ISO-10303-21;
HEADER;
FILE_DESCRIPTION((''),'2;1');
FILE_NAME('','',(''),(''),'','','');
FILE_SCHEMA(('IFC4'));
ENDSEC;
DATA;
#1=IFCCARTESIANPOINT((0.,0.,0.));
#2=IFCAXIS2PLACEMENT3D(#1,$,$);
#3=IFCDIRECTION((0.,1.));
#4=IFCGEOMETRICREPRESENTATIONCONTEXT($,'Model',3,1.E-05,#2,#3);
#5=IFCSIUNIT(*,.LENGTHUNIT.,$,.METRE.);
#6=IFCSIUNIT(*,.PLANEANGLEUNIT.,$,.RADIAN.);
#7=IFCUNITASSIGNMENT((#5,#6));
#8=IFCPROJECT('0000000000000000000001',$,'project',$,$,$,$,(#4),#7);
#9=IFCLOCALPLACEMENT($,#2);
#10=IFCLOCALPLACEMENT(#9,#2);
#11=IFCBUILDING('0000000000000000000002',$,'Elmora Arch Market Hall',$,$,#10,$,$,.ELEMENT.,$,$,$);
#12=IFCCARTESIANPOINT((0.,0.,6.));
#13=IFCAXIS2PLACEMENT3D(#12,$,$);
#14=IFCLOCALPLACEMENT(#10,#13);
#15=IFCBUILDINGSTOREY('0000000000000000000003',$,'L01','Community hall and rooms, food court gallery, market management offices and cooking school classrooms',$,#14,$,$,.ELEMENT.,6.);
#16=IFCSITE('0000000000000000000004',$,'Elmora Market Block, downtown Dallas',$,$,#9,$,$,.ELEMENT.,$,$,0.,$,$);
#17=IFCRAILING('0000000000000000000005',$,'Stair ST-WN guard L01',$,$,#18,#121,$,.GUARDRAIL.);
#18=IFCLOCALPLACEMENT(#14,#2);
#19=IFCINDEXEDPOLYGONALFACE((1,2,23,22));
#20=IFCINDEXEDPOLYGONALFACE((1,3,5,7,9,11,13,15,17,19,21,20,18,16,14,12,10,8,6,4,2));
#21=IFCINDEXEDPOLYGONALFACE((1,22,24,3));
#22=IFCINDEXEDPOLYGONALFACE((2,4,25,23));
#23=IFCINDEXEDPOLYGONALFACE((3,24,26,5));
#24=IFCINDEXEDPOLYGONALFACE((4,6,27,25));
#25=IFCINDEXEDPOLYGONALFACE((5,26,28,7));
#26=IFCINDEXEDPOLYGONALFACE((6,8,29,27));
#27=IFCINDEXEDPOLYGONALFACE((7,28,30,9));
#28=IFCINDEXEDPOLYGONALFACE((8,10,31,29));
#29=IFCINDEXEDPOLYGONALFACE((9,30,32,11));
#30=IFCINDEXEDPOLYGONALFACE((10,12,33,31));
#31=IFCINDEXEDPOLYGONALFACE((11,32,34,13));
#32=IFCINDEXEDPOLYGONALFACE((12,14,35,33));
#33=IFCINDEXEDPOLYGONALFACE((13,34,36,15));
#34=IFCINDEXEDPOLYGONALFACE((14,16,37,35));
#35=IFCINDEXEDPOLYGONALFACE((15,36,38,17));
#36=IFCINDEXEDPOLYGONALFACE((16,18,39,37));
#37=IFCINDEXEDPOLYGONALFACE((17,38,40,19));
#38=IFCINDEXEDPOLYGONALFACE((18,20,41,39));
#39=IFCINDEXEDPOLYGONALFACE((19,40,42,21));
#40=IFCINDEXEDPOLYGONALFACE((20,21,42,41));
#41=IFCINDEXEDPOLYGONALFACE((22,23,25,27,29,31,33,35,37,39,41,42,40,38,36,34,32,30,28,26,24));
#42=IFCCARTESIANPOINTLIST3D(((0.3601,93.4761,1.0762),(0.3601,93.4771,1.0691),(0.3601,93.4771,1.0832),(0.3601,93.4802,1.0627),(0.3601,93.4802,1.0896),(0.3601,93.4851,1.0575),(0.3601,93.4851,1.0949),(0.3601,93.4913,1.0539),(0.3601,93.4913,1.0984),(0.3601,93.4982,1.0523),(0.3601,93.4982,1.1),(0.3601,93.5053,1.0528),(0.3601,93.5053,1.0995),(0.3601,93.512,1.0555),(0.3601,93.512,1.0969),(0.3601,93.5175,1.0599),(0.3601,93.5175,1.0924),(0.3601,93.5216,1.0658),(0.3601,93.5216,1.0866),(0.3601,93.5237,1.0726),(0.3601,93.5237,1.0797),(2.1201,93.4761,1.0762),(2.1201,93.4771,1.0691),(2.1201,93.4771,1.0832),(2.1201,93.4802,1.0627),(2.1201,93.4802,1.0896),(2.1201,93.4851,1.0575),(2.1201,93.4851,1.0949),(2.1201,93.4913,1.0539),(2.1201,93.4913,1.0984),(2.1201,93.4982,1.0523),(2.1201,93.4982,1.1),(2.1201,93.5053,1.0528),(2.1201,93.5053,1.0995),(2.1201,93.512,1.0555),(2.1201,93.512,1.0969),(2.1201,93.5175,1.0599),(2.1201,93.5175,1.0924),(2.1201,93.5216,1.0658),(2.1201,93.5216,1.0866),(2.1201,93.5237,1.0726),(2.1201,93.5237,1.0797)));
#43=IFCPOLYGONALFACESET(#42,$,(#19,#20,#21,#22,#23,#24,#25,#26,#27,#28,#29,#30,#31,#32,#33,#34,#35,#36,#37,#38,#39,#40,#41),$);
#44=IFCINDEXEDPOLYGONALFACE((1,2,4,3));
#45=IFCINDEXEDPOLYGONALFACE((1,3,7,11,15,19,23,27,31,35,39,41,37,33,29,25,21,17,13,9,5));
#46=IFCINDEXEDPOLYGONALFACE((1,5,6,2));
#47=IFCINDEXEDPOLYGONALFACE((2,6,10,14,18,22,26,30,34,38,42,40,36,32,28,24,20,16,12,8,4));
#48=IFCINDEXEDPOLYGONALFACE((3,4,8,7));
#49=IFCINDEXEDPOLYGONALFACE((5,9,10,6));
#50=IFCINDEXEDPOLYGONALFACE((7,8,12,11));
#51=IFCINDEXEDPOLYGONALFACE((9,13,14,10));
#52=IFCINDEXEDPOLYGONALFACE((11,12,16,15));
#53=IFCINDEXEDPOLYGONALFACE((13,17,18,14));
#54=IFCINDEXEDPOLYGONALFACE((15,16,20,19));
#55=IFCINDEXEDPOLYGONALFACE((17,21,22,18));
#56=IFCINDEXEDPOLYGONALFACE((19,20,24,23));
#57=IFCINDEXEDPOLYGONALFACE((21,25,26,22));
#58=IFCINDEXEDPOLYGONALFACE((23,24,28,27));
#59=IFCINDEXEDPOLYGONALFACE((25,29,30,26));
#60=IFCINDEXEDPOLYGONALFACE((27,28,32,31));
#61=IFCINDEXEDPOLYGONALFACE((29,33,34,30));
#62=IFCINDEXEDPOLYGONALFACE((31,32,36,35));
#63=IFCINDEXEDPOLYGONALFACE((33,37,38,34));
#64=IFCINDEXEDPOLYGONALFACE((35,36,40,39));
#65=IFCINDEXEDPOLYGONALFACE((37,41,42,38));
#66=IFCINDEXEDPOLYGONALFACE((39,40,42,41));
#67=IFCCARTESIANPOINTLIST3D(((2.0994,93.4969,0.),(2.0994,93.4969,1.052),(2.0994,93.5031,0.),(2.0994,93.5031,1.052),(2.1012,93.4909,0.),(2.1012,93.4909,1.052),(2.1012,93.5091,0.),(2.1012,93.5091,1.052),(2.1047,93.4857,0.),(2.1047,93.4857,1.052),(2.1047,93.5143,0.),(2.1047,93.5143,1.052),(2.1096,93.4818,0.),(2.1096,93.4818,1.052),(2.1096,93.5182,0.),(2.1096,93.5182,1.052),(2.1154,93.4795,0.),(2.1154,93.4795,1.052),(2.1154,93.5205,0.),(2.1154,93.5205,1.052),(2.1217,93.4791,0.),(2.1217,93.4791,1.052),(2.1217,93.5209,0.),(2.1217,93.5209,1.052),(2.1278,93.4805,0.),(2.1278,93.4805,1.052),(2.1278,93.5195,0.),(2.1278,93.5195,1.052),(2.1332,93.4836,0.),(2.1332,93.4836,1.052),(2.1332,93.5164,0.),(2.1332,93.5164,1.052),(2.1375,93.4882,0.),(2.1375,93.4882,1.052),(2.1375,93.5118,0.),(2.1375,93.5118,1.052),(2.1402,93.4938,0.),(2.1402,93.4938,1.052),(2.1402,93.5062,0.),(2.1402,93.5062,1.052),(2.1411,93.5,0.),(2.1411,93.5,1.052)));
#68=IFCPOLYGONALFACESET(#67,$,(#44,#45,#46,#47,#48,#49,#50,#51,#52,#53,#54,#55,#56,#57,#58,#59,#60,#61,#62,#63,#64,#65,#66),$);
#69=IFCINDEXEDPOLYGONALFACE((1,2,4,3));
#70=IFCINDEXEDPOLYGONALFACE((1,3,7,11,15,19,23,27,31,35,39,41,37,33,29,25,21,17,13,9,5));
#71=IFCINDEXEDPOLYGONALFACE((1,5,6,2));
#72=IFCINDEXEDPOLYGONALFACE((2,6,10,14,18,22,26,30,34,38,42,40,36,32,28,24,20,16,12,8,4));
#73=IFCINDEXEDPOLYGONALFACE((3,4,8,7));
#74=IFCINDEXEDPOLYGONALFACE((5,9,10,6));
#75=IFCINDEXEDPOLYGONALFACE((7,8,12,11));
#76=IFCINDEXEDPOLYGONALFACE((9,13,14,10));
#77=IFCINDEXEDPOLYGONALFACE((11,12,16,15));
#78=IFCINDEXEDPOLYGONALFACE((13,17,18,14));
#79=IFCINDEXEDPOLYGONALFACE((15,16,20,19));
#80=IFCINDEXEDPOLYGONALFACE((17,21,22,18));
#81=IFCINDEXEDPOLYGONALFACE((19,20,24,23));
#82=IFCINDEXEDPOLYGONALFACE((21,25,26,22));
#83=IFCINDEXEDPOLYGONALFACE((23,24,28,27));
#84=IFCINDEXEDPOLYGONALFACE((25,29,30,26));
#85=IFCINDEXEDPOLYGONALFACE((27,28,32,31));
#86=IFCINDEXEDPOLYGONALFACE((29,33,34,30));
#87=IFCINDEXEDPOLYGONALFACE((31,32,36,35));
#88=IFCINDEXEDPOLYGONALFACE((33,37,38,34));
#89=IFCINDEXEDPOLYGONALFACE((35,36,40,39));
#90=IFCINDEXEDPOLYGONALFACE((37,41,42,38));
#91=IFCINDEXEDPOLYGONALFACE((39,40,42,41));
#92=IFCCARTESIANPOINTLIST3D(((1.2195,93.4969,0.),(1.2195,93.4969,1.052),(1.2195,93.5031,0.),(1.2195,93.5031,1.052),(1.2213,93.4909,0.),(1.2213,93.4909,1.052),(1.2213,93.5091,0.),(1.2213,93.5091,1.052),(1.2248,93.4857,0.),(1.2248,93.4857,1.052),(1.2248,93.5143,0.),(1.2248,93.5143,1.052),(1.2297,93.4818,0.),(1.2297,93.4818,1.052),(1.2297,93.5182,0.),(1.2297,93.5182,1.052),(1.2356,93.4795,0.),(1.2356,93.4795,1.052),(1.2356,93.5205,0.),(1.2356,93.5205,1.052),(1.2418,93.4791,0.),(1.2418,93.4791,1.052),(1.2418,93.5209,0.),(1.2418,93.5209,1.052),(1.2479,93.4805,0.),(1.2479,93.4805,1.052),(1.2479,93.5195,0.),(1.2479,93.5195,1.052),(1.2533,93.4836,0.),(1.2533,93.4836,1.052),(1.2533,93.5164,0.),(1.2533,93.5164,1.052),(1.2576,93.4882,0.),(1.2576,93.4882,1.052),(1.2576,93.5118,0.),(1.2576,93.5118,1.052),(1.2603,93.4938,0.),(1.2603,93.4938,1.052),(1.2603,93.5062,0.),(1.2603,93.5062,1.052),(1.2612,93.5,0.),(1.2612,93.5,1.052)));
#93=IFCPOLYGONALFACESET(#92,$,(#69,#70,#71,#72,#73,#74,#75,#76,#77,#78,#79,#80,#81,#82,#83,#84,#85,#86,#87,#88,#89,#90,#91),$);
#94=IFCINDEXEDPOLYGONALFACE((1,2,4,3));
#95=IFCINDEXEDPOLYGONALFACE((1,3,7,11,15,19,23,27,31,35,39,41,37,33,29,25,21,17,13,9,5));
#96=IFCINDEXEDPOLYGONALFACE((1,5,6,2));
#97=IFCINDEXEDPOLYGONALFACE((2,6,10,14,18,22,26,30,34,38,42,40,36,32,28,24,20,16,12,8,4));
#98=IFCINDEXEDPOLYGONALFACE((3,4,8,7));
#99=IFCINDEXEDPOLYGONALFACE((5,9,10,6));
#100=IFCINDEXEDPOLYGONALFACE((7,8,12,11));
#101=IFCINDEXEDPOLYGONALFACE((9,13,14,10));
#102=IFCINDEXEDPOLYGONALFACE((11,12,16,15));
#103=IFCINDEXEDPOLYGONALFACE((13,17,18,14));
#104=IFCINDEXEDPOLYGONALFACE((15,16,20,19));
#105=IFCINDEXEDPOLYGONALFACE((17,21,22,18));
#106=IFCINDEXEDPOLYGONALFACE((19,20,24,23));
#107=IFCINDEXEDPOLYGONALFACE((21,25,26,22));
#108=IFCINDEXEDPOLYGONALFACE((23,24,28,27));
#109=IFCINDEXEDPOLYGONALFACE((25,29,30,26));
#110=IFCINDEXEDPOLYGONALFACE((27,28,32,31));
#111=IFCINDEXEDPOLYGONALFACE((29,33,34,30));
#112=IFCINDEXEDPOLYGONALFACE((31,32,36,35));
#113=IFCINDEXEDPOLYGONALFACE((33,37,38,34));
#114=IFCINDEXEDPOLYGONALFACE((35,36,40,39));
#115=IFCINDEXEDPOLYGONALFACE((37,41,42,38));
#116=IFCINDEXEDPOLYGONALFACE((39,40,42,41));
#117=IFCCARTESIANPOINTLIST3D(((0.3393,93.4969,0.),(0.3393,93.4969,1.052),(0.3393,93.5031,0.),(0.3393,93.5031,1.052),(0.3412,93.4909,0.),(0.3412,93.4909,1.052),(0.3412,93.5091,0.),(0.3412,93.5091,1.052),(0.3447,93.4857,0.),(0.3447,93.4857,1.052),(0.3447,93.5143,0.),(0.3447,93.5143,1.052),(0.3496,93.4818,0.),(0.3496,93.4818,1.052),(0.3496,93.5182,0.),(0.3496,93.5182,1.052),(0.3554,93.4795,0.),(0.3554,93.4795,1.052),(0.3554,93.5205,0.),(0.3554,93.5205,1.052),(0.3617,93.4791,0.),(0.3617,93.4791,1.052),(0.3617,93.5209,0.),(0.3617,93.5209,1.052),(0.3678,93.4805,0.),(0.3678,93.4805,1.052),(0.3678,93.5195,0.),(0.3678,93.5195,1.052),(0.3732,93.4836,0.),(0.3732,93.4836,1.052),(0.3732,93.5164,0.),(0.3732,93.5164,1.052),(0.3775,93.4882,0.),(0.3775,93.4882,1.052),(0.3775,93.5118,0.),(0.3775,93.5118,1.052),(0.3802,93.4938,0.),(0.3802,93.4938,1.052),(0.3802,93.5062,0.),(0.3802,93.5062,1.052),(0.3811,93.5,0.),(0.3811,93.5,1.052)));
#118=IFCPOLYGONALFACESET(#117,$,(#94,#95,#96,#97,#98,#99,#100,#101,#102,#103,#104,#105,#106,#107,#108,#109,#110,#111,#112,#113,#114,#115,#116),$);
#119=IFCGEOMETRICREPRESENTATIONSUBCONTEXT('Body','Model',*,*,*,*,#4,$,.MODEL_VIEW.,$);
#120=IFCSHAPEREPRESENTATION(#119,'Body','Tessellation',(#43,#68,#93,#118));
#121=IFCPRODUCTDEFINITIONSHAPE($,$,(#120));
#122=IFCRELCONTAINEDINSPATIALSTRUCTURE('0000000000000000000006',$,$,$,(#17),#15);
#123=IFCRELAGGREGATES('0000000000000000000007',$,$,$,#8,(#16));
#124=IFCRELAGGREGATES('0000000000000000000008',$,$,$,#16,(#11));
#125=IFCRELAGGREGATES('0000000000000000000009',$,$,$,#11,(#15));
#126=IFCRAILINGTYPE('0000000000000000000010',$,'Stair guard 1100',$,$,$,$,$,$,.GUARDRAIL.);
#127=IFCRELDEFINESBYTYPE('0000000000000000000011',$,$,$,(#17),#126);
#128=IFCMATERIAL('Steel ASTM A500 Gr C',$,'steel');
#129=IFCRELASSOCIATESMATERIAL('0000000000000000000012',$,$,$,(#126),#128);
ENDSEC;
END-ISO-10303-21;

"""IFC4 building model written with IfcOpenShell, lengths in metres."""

from ifc_helpers import new_model, si_unit, direction, frame, origin, origin_2d, place, context, subcontext, project, spatial, circle, extrude, material, type_object, element, save


model = new_model("IFC4")

# Units and contexts
model_context = context("Model", 3, precision=1e-05, world=origin(), true_north=direction((0.0, 1.0)))
body_context = subcontext(model_context, "Body", "Model", "MODEL_VIEW")
ifc_project = project(units=[si_unit("LENGTHUNIT", "METRE"), si_unit("PLANEANGLEUNIT", "RADIAN")], contexts=[model_context])

# Site, building, storey
site_placement = place(None, origin())
site = spatial("IfcSite", under=ifc_project, at=site_placement, Name="Elmora Market Block, downtown Dallas", CompositionType="ELEMENT", RefElevation=0.0)
building_placement = place(site_placement, origin())
building = spatial("IfcBuilding", under=site, at=building_placement, Name="Elmora Arch Market Hall", CompositionType="ELEMENT")
storey_placement = place(building_placement, frame((0.0, 0.0, 6.0)))
storey = spatial("IfcBuildingStorey", under=building, at=storey_placement, Name="L01", Description="Community hall and rooms, food court gallery, market management offices and cooking school classrooms", CompositionType="ELEMENT", Elevation=6.0)

# Railing
ifc_material_1 = material(Name="Steel ASTM A500 Gr C", Category="steel")
railing_type = type_object("IfcRailingType", Name="Stair guard 1100", PredefinedType="GUARDRAIL", material=ifc_material_1)
railing_placement = place(storey_placement, frame((2.1201, 93.5, 0.0)))
element("IfcRailing", 1, at=railing_placement, inside=storey, type_object=railing_type, Name="Stair ST-WN guard L01", PredefinedType="GUARDRAIL", context=body_context, shape_type="SweptSolid", body=[
    extrude(circle(Radius=0.0239, at=origin_2d()), frame((0.0, 0.0, 1.0762), z_axis=(-1.0, 0.0, 0.0), x_axis=(0.0, -1.0, 0.0)), (0.0, 0.0, 1.0), 1.76),
    extrude(circle(Radius=0.021, at=origin_2d()), origin(), (0.0, 0.0, 1.0), 1.052),
    extrude(circle(Radius=0.021, at=origin_2d()), frame((-0.8799, 0.0, 0.0)), (0.0, 0.0, 1.0), 1.052),
    extrude(circle(Radius=0.021, at=origin_2d()), frame((-1.76, 0.0, 0.0)), (0.0, 0.0, 1.0), 1.052),
])

save(model, "model.ifc")
